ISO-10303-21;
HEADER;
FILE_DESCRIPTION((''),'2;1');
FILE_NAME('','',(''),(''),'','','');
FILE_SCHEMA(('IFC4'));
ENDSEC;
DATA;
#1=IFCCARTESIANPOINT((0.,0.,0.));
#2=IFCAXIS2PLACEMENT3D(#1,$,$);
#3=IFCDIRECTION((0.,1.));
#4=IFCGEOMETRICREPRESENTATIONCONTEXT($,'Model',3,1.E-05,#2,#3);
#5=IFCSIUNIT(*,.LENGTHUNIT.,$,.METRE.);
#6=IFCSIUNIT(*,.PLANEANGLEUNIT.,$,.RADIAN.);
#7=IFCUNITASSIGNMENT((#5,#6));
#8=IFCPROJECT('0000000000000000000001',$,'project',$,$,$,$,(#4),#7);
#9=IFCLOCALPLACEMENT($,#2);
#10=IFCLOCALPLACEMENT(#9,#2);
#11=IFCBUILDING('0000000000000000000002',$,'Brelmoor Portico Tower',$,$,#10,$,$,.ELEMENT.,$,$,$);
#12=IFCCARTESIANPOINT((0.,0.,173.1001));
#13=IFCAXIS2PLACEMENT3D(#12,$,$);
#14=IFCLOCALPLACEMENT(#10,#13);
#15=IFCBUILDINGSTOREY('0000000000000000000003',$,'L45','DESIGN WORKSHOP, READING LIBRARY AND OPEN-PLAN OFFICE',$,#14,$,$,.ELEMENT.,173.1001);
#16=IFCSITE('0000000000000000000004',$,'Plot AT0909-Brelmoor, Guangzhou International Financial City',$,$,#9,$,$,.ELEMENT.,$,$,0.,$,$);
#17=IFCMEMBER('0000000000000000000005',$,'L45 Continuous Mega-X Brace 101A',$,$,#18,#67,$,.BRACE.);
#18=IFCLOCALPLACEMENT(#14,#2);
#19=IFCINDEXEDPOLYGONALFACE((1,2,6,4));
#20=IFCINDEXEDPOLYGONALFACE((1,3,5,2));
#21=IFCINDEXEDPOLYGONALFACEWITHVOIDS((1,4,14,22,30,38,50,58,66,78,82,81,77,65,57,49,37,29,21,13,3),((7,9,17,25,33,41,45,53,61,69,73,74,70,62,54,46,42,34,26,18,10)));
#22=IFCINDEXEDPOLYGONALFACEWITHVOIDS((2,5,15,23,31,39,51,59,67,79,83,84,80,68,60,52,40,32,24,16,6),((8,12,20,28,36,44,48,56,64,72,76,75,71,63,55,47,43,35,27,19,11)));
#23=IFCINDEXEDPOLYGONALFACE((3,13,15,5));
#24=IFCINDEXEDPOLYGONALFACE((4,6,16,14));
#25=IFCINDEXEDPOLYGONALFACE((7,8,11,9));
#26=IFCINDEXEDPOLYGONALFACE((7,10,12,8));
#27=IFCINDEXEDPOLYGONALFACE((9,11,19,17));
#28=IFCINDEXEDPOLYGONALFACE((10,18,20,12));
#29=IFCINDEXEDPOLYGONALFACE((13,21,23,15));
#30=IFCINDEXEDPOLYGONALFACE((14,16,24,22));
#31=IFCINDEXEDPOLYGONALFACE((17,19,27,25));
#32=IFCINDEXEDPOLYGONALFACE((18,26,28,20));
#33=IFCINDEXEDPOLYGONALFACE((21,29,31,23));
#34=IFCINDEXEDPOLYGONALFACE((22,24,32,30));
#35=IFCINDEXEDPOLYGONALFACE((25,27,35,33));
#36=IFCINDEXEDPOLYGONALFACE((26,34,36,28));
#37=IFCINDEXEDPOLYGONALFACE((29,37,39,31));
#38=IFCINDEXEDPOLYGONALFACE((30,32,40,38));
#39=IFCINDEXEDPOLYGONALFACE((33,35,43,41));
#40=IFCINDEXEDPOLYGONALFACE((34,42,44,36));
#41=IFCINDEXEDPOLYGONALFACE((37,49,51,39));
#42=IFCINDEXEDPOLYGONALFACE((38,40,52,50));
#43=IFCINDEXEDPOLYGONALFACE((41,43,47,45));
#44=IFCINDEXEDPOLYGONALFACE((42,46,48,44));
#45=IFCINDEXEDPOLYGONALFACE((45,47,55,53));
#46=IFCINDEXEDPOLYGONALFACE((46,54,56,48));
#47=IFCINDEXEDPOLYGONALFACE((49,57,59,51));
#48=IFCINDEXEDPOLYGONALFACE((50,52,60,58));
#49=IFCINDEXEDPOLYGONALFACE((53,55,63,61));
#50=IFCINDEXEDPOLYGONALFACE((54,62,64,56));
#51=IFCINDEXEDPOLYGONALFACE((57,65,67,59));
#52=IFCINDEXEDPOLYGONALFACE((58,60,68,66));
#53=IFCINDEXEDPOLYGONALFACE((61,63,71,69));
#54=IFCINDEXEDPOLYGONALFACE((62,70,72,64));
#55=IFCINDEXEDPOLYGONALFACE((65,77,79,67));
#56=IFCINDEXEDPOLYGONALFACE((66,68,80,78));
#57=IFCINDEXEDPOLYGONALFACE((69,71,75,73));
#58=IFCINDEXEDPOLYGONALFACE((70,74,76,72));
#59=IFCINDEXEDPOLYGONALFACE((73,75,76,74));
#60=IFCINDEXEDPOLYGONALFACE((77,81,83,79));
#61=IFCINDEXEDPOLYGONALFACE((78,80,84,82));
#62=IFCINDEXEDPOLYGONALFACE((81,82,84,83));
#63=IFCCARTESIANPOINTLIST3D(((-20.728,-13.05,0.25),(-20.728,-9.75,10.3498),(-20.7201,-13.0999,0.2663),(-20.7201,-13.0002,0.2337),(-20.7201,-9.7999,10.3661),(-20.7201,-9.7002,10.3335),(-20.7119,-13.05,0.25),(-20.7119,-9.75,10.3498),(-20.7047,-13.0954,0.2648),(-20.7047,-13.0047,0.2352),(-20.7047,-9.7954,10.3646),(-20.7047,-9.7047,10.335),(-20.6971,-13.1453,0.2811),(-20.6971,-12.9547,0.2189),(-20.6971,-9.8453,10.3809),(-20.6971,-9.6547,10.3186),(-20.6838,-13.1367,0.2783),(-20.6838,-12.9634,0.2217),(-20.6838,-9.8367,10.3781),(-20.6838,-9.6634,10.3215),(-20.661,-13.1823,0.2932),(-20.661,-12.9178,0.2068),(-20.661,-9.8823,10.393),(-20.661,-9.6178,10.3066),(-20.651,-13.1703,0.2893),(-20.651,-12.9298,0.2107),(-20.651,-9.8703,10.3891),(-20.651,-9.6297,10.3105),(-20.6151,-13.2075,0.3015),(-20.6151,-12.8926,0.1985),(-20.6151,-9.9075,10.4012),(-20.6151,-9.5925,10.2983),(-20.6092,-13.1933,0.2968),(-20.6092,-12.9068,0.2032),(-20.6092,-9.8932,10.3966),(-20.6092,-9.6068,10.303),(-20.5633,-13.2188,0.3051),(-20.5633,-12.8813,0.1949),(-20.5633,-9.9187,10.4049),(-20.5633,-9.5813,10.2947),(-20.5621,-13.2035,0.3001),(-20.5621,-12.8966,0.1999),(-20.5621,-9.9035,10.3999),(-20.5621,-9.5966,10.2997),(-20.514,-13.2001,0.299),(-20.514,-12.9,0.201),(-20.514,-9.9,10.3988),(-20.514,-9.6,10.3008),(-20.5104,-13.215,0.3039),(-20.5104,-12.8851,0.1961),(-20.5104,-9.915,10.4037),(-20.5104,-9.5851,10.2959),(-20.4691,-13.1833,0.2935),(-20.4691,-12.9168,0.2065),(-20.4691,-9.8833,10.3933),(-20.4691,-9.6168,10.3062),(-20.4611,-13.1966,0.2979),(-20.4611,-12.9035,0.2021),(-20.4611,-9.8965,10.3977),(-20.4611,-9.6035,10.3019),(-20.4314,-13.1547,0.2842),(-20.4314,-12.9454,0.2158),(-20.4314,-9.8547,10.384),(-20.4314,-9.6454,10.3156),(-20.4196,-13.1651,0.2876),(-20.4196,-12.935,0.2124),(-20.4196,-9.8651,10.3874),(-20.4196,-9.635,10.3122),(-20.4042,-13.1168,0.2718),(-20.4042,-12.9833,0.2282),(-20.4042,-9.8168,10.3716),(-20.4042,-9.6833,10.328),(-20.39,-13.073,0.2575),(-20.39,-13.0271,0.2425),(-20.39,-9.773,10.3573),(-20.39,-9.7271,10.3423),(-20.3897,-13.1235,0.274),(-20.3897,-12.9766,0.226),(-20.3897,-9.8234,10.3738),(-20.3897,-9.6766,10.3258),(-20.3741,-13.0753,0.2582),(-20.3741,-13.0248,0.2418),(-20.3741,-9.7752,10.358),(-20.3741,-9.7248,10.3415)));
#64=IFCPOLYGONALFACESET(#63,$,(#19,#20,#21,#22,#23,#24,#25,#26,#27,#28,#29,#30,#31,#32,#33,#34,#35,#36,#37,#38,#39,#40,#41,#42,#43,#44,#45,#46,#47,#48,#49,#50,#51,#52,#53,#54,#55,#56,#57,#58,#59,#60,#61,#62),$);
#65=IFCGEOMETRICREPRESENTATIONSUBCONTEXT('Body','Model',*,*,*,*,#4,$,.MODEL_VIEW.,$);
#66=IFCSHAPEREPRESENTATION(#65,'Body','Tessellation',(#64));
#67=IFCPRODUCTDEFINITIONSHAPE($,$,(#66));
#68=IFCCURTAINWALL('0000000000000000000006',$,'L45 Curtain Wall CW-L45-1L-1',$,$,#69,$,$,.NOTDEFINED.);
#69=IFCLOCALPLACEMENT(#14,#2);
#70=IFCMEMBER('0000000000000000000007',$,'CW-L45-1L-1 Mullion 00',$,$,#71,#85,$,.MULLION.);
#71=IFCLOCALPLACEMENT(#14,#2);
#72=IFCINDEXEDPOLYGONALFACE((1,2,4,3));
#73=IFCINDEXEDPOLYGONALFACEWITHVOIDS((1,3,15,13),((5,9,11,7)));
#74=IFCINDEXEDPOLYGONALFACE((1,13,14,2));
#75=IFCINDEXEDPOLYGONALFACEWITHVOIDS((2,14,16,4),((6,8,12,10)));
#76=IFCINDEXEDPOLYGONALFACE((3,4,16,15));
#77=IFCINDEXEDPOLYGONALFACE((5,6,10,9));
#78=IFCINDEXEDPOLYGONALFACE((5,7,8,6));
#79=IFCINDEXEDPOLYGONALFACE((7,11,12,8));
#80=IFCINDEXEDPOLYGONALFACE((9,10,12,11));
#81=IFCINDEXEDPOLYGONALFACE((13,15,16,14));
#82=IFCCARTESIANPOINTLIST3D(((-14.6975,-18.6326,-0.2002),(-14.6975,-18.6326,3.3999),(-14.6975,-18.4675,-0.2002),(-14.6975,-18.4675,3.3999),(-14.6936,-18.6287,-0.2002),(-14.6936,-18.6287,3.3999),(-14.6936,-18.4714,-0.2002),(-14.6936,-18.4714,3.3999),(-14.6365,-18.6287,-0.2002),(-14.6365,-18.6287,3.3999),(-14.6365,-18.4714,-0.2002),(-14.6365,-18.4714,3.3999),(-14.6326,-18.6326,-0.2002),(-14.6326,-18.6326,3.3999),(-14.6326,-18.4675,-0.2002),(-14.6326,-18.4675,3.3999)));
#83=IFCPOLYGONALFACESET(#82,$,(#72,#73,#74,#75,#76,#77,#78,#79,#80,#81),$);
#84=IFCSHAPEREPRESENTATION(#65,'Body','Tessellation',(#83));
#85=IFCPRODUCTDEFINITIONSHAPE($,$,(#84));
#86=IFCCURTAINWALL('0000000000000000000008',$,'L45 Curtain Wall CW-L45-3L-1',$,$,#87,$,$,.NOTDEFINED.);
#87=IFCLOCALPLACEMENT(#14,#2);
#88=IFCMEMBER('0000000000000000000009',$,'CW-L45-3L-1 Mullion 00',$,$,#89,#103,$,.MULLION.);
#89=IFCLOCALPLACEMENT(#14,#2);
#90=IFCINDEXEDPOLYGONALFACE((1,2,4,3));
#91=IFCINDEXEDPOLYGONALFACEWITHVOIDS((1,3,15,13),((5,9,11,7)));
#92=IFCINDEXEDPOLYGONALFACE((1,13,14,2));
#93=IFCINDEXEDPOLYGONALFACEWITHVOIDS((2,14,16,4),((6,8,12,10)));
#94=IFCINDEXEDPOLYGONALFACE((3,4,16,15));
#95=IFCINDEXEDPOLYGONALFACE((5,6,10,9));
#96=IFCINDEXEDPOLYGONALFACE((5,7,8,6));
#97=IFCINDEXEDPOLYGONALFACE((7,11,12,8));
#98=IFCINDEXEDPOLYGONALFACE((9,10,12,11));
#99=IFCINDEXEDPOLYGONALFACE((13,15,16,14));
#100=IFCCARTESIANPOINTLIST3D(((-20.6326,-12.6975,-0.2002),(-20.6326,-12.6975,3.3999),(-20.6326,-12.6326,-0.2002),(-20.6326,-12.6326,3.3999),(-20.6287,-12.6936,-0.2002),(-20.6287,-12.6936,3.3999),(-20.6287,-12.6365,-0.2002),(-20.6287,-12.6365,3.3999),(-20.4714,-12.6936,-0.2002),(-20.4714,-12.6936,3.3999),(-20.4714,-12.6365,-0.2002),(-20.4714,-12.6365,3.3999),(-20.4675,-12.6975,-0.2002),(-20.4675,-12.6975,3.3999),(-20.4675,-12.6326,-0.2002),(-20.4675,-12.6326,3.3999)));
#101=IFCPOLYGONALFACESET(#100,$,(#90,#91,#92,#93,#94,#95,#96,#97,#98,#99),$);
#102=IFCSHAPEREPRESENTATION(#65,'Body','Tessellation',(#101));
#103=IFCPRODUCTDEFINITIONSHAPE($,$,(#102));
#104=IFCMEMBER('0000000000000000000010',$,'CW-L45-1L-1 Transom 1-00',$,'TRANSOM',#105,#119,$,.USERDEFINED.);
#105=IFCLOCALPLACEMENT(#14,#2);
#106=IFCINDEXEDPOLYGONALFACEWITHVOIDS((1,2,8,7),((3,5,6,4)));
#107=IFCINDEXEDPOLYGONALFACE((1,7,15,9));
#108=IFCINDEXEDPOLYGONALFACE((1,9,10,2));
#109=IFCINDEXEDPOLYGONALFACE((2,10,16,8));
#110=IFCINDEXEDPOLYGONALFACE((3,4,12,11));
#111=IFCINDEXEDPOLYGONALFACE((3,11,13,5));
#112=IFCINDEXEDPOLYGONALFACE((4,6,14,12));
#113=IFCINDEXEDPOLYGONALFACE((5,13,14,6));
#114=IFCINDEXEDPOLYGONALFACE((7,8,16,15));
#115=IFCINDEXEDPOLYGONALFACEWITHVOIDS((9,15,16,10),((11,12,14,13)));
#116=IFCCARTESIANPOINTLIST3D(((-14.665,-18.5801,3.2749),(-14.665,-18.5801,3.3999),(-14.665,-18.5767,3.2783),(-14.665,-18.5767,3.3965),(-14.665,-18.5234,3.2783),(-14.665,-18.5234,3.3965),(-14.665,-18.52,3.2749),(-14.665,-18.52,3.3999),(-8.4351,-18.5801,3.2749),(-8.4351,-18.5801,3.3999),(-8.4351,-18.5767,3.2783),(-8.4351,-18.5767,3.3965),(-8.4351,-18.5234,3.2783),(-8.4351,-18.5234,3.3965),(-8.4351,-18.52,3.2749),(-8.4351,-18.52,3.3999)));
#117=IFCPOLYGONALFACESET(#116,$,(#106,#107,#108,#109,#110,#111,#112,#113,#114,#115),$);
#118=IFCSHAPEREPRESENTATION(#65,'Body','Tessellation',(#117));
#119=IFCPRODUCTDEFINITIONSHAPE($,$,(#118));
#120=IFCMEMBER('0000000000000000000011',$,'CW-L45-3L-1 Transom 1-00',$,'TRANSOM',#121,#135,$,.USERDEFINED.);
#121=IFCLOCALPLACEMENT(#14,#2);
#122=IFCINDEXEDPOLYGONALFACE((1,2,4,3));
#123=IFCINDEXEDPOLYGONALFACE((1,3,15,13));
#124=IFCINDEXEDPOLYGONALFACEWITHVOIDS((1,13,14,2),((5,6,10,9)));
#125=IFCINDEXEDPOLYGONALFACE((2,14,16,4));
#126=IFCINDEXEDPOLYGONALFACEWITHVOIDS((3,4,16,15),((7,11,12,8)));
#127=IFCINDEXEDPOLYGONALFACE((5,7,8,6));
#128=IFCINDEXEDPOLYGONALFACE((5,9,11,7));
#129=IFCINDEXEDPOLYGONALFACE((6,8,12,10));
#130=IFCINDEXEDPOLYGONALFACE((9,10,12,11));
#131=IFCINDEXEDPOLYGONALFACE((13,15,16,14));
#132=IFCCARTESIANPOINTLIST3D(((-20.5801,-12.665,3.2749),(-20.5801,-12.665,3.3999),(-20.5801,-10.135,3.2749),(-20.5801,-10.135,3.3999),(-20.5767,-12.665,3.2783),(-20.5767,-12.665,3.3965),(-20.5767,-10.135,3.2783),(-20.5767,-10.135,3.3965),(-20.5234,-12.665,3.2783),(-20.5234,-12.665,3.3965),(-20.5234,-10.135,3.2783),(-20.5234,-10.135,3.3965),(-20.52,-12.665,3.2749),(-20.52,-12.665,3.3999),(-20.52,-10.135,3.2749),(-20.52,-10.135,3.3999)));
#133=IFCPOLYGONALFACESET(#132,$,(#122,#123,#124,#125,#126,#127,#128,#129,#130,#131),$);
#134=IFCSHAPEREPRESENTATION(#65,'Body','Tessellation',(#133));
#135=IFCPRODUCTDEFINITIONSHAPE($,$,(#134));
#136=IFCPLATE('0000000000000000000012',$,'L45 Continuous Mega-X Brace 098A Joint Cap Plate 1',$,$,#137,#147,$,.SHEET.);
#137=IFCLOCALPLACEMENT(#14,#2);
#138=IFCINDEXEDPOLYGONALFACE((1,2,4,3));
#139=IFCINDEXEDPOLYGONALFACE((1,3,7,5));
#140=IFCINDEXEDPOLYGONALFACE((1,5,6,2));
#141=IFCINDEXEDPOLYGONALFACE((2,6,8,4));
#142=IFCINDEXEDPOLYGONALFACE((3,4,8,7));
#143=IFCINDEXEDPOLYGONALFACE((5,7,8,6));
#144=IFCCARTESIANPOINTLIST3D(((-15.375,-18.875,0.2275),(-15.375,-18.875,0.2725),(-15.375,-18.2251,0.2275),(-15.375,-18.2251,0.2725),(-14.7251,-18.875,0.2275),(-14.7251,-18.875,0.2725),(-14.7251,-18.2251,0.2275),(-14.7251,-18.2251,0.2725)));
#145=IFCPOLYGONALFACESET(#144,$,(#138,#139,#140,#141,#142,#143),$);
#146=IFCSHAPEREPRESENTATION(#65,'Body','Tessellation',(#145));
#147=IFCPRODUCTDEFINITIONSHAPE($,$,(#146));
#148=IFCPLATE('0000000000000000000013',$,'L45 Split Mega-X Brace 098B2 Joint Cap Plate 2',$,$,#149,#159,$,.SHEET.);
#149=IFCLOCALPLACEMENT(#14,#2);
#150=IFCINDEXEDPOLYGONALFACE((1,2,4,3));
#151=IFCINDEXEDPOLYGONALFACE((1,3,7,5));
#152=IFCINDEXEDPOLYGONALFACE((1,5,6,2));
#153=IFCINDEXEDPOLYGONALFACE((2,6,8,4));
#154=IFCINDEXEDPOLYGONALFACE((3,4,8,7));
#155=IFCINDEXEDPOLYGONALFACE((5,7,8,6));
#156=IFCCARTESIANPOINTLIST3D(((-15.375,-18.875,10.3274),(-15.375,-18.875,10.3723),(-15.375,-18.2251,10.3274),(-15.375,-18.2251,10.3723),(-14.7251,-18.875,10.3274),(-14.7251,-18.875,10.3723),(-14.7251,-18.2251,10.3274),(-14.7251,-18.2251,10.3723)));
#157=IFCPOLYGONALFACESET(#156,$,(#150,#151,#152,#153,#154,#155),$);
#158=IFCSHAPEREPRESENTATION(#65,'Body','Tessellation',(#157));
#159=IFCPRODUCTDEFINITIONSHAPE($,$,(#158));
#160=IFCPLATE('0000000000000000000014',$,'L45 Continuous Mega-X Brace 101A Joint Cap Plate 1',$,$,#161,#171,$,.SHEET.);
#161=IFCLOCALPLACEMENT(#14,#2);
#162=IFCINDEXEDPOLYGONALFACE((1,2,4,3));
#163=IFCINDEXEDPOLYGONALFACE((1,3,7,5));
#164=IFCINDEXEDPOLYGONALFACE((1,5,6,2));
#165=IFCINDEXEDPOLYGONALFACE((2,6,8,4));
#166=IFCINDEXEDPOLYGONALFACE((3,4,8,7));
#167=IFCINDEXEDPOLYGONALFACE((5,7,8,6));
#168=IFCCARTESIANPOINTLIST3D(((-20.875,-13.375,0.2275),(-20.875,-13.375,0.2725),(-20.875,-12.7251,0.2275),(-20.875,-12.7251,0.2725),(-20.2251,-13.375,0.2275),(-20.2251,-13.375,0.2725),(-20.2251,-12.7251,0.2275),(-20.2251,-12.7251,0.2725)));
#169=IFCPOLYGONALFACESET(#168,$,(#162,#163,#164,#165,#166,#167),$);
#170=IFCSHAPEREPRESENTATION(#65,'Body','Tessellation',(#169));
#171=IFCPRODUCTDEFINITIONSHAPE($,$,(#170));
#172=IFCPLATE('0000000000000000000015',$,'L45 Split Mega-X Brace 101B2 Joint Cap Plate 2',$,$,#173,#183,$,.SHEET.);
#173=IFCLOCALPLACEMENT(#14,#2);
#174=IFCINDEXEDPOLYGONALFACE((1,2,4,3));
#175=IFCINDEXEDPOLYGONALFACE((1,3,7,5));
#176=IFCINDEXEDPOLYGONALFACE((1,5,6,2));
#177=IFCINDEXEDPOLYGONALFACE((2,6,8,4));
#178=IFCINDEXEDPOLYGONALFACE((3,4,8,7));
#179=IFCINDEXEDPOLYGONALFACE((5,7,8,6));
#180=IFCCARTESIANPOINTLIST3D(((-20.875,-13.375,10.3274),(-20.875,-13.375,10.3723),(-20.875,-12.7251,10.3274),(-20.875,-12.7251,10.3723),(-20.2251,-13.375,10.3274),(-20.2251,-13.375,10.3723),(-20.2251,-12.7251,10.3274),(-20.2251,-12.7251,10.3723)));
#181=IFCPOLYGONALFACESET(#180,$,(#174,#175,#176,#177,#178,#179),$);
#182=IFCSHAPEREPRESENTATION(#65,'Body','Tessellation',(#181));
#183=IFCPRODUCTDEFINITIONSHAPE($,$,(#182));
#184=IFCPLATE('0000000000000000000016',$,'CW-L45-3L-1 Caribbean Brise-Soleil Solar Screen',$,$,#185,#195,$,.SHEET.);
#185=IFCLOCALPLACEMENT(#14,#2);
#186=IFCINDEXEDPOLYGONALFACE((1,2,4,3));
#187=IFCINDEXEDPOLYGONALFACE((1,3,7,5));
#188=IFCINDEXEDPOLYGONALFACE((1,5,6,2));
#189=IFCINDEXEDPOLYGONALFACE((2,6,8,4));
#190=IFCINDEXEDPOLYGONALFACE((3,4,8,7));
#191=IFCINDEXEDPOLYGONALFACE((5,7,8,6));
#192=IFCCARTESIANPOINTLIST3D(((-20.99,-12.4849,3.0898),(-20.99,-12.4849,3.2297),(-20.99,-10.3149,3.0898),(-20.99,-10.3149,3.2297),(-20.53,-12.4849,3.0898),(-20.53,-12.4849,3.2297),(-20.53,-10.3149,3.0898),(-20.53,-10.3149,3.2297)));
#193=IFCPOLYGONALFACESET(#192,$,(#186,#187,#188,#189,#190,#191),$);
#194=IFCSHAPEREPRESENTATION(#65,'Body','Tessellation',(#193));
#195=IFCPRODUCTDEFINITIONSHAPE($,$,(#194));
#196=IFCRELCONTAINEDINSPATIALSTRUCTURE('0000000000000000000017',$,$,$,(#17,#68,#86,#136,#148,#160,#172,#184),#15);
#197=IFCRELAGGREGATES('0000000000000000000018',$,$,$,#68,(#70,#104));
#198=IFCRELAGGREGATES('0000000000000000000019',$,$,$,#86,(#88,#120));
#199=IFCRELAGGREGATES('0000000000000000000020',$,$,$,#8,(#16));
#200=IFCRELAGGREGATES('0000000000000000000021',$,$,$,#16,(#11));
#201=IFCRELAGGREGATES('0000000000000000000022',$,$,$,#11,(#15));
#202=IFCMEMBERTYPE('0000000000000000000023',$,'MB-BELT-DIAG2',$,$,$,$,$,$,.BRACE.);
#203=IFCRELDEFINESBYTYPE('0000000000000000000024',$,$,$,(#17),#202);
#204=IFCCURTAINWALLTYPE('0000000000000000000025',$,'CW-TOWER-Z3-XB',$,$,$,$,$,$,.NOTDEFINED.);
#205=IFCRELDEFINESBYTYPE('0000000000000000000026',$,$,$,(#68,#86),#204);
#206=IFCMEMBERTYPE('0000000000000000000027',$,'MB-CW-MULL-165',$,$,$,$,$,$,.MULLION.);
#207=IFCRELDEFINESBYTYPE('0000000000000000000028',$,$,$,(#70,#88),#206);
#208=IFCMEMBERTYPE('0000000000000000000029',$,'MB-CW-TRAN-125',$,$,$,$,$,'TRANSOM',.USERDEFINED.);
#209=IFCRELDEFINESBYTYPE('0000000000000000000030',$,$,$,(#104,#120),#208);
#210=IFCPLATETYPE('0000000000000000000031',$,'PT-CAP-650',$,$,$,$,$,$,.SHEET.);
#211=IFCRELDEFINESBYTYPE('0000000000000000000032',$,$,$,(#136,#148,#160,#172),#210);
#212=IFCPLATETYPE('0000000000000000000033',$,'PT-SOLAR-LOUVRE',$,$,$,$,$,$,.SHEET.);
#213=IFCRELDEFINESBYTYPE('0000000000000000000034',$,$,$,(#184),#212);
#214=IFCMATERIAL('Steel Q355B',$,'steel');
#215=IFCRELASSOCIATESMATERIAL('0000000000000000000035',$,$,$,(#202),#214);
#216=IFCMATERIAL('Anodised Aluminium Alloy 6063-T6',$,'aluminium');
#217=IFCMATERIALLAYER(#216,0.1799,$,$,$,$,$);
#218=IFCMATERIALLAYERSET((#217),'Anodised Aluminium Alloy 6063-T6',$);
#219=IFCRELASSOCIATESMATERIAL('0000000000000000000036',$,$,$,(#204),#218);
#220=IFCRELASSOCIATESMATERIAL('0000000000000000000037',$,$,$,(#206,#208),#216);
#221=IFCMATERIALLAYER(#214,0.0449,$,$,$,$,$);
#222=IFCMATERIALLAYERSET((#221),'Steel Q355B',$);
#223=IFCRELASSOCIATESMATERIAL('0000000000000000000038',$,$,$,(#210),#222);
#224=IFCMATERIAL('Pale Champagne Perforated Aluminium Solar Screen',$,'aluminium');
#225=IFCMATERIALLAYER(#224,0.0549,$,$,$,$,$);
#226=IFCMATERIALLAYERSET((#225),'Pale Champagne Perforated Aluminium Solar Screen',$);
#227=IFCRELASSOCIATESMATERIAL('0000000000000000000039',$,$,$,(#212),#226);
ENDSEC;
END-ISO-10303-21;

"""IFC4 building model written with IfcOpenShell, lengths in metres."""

from ifc_helpers import new_model, si_unit, direction, frame, origin, origin_2d, place, context, subcontext, project, spatial, rectangle, hollow_rectangle, hollow_circle, extrude, material, layer, layer_set, material_profile, profile_set, type_object, element, aggregate, save


model = new_model("IFC4")

# Units and contexts
model_context = context("Model", 3, precision=1e-05, world=origin(), true_north=direction((0.0, 1.0)))
body_context = subcontext(model_context, "Body", "Model", "MODEL_VIEW")
ifc_project = project(units=[si_unit("LENGTHUNIT", "METRE"), si_unit("PLANEANGLEUNIT", "RADIAN")], contexts=[model_context])

# Site, building, storey
site_placement = place(None, origin())
site = spatial("IfcSite", under=ifc_project, at=site_placement, Name="Plot AT0909-Brelmoor, Guangzhou International Financial City", CompositionType="ELEMENT", RefElevation=0.0)
building_placement = place(site_placement, origin())
building = spatial("IfcBuilding", under=site, at=building_placement, Name="Brelmoor Portico Tower", CompositionType="ELEMENT")
storey_placement = place(building_placement, frame((0.0, 0.0, 173.1001)))
storey = spatial("IfcBuildingStorey", under=building, at=storey_placement, Name="L45", Description="DESIGN WORKSHOP, READING LIBRARY AND OPEN-PLAN OFFICE", CompositionType="ELEMENT", Elevation=173.1001)

# Shared definitions
ifc_material_1 = material(Name="Steel Q355B", Category="steel")

# Member
ifc_material_profile_1 = material_profile(ifc_material_1, hollow_circle(Radius=0.178, WallThickness=0.0161, at=origin_2d()), Name="CHS 356x16")
ifc_profile_set_1 = profile_set([ifc_material_profile_1], Name="Steel Q355B")
member_type_1 = type_object("IfcMemberType", Name="MB-BELT-DIAG2", PredefinedType="BRACE", material=ifc_profile_set_1)
member_1_placement = place(storey_placement, frame((-20.55, -13.05, 0.25), z_axis=(0.0, 0.310584, 0.950546), x_axis=(-1.0, 0.0, 0.0)))
element("IfcMember", 1, at=member_1_placement, inside=storey, type_object=member_type_1, Name="L45 Continuous Mega-X Brace 101A", PredefinedType="BRACE", context=body_context, shape_type="SweptSolid", body=[
    extrude(hollow_circle(Radius=0.178, WallThickness=0.0161, at=origin_2d()), origin(), (0.0, 0.0, 1.0), 10.6252),
])

# Curtain walls, members
ifc_material_2 = material(Name="Anodised Aluminium Alloy 6063-T6", Category="aluminium")
ifc_layer_1 = layer(ifc_material_2, 0.1799)
ifc_layer_set_1 = layer_set([ifc_layer_1], Name="Anodised Aluminium Alloy 6063-T6")
curtain_wall_type = type_object("IfcCurtainWallType", Name="CW-TOWER-Z3-XB", PredefinedType="NOTDEFINED", material=ifc_layer_set_1)
curtain_wall_1_placement = place(storey_placement, origin())
curtain_wall_1 = element("IfcCurtainWall", 2, at=curtain_wall_1_placement, inside=storey, type_object=curtain_wall_type, Name="L45 Curtain Wall CW-L45-1L-1", PredefinedType="NOTDEFINED")
ifc_material_profile_2 = material_profile(ifc_material_2, hollow_rectangle(XDim=0.0649, YDim=0.165, WallThickness=0.0039, at=origin_2d()), Name="ALU MULLION 65x165")
ifc_profile_set_2 = profile_set([ifc_material_profile_2], Name="Anodised Aluminium Alloy 6063-T6")
member_type_2 = type_object("IfcMemberType", Name="MB-CW-MULL-165", PredefinedType="MULLION", material=ifc_profile_set_2)
member_2_placement = place(storey_placement, frame((-14.665, -18.55, -0.2002), z_axis=(0.0, 0.0, 1.0), x_axis=(1.0, 0.0, 0.0)))
member_2 = element("IfcMember", 3, at=member_2_placement, type_object=member_type_2, Name="CW-L45-1L-1 Mullion 00", PredefinedType="MULLION", context=body_context, shape_type="SweptSolid", body=[
    extrude(hollow_rectangle(XDim=0.0649, YDim=0.165, WallThickness=0.0039, at=origin_2d()), origin(), (0.0, 0.0, 1.0), 3.6001),
])
curtain_wall_2_placement = place(storey_placement, origin())
curtain_wall_2 = element("IfcCurtainWall", 4, at=curtain_wall_2_placement, inside=storey, type_object=curtain_wall_type, Name="L45 Curtain Wall CW-L45-3L-1", PredefinedType="NOTDEFINED")
member_3_placement = place(storey_placement, frame((-20.55, -12.665, -0.2002), z_axis=(0.0, 0.0, 1.0), x_axis=(0.0, 1.0, 0.0)))
member_3 = element("IfcMember", 5, at=member_3_placement, type_object=member_type_2, Name="CW-L45-3L-1 Mullion 00", PredefinedType="MULLION", context=body_context, shape_type="SweptSolid", body=[
    extrude(hollow_rectangle(XDim=0.0649, YDim=0.165, WallThickness=0.0039, at=origin_2d()), origin(), (0.0, 0.0, 1.0), 3.6001),
])

# Members
ifc_material_profile_3 = material_profile(ifc_material_2, hollow_rectangle(XDim=0.0601, YDim=0.125, WallThickness=0.0034, at=origin_2d()), Name="ALU TRANSOM 60x125")
ifc_profile_set_3 = profile_set([ifc_material_profile_3], Name="Anodised Aluminium Alloy 6063-T6")
member_type_3 = type_object("IfcMemberType", Name="MB-CW-TRAN-125", ElementType="TRANSOM", PredefinedType="USERDEFINED", material=ifc_profile_set_3)
member_4_placement = place(storey_placement, frame((-14.665, -18.55, 3.3374), z_axis=(1.0, 0.0, 0.0), x_axis=(0.0, 1.0, 0.0)))
member_4 = element("IfcMember", 6, at=member_4_placement, type_object=member_type_3, Name="CW-L45-1L-1 Transom 1-00", ObjectType="TRANSOM", PredefinedType="USERDEFINED", context=body_context, shape_type="SweptSolid", body=[
    extrude(hollow_rectangle(XDim=0.0601, YDim=0.125, WallThickness=0.0034, at=origin_2d()), origin(), (0.0, 0.0, 1.0), 6.23),
])
aggregate(curtain_wall_1, [member_2, member_4])
member_5_placement = place(storey_placement, frame((-20.55, -12.665, 3.3374), z_axis=(0.0, 1.0, 0.0), x_axis=(-1.0, 0.0, 0.0)))
member_5 = element("IfcMember", 7, at=member_5_placement, type_object=member_type_3, Name="CW-L45-3L-1 Transom 1-00", ObjectType="TRANSOM", PredefinedType="USERDEFINED", context=body_context, shape_type="SweptSolid", body=[
    extrude(hollow_rectangle(XDim=0.0601, YDim=0.125, WallThickness=0.0034, at=origin_2d()), origin(), (0.0, 0.0, 1.0), 2.53),
])
aggregate(curtain_wall_2, [member_3, member_5])

# Plates
ifc_layer_2 = layer(ifc_material_1, 0.0449)
ifc_layer_set_2 = layer_set([ifc_layer_2], Name="Steel Q355B")
plate_type_1 = type_object("IfcPlateType", Name="PT-CAP-650", PredefinedType="SHEET", material=ifc_layer_set_2)
for number, where, z_axis, x_axis, name in (
    (8, (-15.05, -18.55, 0.2275), (0.0, 0.0, 1.0), (1.0, 0.0, 0.0), "L45 Continuous Mega-X Brace 098A Joint Cap Plate 1"),
    (9, (-15.05, -18.55, 10.3274), (0.0, 0.0, 1.0), (1.0, 0.0, 0.0), "L45 Split Mega-X Brace 098B2 Joint Cap Plate 2"),
    (10, (-20.55, -13.05, 0.2275), (0.0, 0.0, 1.0), (1.0, 0.0, 0.0), "L45 Continuous Mega-X Brace 101A Joint Cap Plate 1"),
    (11, (-20.55, -13.05, 10.3274), (0.0, 0.0, 1.0), (1.0, 0.0, 0.0), "L45 Split Mega-X Brace 101B2 Joint Cap Plate 2"),
):
    element("IfcPlate", number, at=place(storey_placement, frame(where, z_axis=z_axis, x_axis=x_axis)), inside=storey, type_object=plate_type_1, Name=name, PredefinedType="SHEET", context=body_context, shape_type="SweptSolid", body=[
        extrude(rectangle(XDim=0.6499, YDim=0.6499, at=origin_2d()), origin(), (0.0, 0.0, 1.0), 0.0449),
    ])
ifc_material_3 = material(Name="Pale Champagne Perforated Aluminium Solar Screen", Category="aluminium")
ifc_layer_3 = layer(ifc_material_3, 0.0549)
ifc_layer_set_3 = layer_set([ifc_layer_3], Name="Pale Champagne Perforated Aluminium Solar Screen")
plate_type_2 = type_object("IfcPlateType", Name="PT-SOLAR-LOUVRE", PredefinedType="SHEET", material=ifc_layer_set_3)
plate_placement = place(storey_placement, frame((-20.76, -11.3999, 3.0898), z_axis=(0.0, 0.0, 1.0), x_axis=(0.0, 1.0, 0.0)))
element("IfcPlate", 12, at=plate_placement, inside=storey, type_object=plate_type_2, Name="CW-L45-3L-1 Caribbean Brise-Soleil Solar Screen", PredefinedType="SHEET", context=body_context, shape_type="SweptSolid", body=[
    extrude(rectangle(XDim=2.1699, YDim=0.46, at=origin_2d()), origin(), (0.0, 0.0, 1.0), 0.1399),
])

save(model, "model.ifc")
